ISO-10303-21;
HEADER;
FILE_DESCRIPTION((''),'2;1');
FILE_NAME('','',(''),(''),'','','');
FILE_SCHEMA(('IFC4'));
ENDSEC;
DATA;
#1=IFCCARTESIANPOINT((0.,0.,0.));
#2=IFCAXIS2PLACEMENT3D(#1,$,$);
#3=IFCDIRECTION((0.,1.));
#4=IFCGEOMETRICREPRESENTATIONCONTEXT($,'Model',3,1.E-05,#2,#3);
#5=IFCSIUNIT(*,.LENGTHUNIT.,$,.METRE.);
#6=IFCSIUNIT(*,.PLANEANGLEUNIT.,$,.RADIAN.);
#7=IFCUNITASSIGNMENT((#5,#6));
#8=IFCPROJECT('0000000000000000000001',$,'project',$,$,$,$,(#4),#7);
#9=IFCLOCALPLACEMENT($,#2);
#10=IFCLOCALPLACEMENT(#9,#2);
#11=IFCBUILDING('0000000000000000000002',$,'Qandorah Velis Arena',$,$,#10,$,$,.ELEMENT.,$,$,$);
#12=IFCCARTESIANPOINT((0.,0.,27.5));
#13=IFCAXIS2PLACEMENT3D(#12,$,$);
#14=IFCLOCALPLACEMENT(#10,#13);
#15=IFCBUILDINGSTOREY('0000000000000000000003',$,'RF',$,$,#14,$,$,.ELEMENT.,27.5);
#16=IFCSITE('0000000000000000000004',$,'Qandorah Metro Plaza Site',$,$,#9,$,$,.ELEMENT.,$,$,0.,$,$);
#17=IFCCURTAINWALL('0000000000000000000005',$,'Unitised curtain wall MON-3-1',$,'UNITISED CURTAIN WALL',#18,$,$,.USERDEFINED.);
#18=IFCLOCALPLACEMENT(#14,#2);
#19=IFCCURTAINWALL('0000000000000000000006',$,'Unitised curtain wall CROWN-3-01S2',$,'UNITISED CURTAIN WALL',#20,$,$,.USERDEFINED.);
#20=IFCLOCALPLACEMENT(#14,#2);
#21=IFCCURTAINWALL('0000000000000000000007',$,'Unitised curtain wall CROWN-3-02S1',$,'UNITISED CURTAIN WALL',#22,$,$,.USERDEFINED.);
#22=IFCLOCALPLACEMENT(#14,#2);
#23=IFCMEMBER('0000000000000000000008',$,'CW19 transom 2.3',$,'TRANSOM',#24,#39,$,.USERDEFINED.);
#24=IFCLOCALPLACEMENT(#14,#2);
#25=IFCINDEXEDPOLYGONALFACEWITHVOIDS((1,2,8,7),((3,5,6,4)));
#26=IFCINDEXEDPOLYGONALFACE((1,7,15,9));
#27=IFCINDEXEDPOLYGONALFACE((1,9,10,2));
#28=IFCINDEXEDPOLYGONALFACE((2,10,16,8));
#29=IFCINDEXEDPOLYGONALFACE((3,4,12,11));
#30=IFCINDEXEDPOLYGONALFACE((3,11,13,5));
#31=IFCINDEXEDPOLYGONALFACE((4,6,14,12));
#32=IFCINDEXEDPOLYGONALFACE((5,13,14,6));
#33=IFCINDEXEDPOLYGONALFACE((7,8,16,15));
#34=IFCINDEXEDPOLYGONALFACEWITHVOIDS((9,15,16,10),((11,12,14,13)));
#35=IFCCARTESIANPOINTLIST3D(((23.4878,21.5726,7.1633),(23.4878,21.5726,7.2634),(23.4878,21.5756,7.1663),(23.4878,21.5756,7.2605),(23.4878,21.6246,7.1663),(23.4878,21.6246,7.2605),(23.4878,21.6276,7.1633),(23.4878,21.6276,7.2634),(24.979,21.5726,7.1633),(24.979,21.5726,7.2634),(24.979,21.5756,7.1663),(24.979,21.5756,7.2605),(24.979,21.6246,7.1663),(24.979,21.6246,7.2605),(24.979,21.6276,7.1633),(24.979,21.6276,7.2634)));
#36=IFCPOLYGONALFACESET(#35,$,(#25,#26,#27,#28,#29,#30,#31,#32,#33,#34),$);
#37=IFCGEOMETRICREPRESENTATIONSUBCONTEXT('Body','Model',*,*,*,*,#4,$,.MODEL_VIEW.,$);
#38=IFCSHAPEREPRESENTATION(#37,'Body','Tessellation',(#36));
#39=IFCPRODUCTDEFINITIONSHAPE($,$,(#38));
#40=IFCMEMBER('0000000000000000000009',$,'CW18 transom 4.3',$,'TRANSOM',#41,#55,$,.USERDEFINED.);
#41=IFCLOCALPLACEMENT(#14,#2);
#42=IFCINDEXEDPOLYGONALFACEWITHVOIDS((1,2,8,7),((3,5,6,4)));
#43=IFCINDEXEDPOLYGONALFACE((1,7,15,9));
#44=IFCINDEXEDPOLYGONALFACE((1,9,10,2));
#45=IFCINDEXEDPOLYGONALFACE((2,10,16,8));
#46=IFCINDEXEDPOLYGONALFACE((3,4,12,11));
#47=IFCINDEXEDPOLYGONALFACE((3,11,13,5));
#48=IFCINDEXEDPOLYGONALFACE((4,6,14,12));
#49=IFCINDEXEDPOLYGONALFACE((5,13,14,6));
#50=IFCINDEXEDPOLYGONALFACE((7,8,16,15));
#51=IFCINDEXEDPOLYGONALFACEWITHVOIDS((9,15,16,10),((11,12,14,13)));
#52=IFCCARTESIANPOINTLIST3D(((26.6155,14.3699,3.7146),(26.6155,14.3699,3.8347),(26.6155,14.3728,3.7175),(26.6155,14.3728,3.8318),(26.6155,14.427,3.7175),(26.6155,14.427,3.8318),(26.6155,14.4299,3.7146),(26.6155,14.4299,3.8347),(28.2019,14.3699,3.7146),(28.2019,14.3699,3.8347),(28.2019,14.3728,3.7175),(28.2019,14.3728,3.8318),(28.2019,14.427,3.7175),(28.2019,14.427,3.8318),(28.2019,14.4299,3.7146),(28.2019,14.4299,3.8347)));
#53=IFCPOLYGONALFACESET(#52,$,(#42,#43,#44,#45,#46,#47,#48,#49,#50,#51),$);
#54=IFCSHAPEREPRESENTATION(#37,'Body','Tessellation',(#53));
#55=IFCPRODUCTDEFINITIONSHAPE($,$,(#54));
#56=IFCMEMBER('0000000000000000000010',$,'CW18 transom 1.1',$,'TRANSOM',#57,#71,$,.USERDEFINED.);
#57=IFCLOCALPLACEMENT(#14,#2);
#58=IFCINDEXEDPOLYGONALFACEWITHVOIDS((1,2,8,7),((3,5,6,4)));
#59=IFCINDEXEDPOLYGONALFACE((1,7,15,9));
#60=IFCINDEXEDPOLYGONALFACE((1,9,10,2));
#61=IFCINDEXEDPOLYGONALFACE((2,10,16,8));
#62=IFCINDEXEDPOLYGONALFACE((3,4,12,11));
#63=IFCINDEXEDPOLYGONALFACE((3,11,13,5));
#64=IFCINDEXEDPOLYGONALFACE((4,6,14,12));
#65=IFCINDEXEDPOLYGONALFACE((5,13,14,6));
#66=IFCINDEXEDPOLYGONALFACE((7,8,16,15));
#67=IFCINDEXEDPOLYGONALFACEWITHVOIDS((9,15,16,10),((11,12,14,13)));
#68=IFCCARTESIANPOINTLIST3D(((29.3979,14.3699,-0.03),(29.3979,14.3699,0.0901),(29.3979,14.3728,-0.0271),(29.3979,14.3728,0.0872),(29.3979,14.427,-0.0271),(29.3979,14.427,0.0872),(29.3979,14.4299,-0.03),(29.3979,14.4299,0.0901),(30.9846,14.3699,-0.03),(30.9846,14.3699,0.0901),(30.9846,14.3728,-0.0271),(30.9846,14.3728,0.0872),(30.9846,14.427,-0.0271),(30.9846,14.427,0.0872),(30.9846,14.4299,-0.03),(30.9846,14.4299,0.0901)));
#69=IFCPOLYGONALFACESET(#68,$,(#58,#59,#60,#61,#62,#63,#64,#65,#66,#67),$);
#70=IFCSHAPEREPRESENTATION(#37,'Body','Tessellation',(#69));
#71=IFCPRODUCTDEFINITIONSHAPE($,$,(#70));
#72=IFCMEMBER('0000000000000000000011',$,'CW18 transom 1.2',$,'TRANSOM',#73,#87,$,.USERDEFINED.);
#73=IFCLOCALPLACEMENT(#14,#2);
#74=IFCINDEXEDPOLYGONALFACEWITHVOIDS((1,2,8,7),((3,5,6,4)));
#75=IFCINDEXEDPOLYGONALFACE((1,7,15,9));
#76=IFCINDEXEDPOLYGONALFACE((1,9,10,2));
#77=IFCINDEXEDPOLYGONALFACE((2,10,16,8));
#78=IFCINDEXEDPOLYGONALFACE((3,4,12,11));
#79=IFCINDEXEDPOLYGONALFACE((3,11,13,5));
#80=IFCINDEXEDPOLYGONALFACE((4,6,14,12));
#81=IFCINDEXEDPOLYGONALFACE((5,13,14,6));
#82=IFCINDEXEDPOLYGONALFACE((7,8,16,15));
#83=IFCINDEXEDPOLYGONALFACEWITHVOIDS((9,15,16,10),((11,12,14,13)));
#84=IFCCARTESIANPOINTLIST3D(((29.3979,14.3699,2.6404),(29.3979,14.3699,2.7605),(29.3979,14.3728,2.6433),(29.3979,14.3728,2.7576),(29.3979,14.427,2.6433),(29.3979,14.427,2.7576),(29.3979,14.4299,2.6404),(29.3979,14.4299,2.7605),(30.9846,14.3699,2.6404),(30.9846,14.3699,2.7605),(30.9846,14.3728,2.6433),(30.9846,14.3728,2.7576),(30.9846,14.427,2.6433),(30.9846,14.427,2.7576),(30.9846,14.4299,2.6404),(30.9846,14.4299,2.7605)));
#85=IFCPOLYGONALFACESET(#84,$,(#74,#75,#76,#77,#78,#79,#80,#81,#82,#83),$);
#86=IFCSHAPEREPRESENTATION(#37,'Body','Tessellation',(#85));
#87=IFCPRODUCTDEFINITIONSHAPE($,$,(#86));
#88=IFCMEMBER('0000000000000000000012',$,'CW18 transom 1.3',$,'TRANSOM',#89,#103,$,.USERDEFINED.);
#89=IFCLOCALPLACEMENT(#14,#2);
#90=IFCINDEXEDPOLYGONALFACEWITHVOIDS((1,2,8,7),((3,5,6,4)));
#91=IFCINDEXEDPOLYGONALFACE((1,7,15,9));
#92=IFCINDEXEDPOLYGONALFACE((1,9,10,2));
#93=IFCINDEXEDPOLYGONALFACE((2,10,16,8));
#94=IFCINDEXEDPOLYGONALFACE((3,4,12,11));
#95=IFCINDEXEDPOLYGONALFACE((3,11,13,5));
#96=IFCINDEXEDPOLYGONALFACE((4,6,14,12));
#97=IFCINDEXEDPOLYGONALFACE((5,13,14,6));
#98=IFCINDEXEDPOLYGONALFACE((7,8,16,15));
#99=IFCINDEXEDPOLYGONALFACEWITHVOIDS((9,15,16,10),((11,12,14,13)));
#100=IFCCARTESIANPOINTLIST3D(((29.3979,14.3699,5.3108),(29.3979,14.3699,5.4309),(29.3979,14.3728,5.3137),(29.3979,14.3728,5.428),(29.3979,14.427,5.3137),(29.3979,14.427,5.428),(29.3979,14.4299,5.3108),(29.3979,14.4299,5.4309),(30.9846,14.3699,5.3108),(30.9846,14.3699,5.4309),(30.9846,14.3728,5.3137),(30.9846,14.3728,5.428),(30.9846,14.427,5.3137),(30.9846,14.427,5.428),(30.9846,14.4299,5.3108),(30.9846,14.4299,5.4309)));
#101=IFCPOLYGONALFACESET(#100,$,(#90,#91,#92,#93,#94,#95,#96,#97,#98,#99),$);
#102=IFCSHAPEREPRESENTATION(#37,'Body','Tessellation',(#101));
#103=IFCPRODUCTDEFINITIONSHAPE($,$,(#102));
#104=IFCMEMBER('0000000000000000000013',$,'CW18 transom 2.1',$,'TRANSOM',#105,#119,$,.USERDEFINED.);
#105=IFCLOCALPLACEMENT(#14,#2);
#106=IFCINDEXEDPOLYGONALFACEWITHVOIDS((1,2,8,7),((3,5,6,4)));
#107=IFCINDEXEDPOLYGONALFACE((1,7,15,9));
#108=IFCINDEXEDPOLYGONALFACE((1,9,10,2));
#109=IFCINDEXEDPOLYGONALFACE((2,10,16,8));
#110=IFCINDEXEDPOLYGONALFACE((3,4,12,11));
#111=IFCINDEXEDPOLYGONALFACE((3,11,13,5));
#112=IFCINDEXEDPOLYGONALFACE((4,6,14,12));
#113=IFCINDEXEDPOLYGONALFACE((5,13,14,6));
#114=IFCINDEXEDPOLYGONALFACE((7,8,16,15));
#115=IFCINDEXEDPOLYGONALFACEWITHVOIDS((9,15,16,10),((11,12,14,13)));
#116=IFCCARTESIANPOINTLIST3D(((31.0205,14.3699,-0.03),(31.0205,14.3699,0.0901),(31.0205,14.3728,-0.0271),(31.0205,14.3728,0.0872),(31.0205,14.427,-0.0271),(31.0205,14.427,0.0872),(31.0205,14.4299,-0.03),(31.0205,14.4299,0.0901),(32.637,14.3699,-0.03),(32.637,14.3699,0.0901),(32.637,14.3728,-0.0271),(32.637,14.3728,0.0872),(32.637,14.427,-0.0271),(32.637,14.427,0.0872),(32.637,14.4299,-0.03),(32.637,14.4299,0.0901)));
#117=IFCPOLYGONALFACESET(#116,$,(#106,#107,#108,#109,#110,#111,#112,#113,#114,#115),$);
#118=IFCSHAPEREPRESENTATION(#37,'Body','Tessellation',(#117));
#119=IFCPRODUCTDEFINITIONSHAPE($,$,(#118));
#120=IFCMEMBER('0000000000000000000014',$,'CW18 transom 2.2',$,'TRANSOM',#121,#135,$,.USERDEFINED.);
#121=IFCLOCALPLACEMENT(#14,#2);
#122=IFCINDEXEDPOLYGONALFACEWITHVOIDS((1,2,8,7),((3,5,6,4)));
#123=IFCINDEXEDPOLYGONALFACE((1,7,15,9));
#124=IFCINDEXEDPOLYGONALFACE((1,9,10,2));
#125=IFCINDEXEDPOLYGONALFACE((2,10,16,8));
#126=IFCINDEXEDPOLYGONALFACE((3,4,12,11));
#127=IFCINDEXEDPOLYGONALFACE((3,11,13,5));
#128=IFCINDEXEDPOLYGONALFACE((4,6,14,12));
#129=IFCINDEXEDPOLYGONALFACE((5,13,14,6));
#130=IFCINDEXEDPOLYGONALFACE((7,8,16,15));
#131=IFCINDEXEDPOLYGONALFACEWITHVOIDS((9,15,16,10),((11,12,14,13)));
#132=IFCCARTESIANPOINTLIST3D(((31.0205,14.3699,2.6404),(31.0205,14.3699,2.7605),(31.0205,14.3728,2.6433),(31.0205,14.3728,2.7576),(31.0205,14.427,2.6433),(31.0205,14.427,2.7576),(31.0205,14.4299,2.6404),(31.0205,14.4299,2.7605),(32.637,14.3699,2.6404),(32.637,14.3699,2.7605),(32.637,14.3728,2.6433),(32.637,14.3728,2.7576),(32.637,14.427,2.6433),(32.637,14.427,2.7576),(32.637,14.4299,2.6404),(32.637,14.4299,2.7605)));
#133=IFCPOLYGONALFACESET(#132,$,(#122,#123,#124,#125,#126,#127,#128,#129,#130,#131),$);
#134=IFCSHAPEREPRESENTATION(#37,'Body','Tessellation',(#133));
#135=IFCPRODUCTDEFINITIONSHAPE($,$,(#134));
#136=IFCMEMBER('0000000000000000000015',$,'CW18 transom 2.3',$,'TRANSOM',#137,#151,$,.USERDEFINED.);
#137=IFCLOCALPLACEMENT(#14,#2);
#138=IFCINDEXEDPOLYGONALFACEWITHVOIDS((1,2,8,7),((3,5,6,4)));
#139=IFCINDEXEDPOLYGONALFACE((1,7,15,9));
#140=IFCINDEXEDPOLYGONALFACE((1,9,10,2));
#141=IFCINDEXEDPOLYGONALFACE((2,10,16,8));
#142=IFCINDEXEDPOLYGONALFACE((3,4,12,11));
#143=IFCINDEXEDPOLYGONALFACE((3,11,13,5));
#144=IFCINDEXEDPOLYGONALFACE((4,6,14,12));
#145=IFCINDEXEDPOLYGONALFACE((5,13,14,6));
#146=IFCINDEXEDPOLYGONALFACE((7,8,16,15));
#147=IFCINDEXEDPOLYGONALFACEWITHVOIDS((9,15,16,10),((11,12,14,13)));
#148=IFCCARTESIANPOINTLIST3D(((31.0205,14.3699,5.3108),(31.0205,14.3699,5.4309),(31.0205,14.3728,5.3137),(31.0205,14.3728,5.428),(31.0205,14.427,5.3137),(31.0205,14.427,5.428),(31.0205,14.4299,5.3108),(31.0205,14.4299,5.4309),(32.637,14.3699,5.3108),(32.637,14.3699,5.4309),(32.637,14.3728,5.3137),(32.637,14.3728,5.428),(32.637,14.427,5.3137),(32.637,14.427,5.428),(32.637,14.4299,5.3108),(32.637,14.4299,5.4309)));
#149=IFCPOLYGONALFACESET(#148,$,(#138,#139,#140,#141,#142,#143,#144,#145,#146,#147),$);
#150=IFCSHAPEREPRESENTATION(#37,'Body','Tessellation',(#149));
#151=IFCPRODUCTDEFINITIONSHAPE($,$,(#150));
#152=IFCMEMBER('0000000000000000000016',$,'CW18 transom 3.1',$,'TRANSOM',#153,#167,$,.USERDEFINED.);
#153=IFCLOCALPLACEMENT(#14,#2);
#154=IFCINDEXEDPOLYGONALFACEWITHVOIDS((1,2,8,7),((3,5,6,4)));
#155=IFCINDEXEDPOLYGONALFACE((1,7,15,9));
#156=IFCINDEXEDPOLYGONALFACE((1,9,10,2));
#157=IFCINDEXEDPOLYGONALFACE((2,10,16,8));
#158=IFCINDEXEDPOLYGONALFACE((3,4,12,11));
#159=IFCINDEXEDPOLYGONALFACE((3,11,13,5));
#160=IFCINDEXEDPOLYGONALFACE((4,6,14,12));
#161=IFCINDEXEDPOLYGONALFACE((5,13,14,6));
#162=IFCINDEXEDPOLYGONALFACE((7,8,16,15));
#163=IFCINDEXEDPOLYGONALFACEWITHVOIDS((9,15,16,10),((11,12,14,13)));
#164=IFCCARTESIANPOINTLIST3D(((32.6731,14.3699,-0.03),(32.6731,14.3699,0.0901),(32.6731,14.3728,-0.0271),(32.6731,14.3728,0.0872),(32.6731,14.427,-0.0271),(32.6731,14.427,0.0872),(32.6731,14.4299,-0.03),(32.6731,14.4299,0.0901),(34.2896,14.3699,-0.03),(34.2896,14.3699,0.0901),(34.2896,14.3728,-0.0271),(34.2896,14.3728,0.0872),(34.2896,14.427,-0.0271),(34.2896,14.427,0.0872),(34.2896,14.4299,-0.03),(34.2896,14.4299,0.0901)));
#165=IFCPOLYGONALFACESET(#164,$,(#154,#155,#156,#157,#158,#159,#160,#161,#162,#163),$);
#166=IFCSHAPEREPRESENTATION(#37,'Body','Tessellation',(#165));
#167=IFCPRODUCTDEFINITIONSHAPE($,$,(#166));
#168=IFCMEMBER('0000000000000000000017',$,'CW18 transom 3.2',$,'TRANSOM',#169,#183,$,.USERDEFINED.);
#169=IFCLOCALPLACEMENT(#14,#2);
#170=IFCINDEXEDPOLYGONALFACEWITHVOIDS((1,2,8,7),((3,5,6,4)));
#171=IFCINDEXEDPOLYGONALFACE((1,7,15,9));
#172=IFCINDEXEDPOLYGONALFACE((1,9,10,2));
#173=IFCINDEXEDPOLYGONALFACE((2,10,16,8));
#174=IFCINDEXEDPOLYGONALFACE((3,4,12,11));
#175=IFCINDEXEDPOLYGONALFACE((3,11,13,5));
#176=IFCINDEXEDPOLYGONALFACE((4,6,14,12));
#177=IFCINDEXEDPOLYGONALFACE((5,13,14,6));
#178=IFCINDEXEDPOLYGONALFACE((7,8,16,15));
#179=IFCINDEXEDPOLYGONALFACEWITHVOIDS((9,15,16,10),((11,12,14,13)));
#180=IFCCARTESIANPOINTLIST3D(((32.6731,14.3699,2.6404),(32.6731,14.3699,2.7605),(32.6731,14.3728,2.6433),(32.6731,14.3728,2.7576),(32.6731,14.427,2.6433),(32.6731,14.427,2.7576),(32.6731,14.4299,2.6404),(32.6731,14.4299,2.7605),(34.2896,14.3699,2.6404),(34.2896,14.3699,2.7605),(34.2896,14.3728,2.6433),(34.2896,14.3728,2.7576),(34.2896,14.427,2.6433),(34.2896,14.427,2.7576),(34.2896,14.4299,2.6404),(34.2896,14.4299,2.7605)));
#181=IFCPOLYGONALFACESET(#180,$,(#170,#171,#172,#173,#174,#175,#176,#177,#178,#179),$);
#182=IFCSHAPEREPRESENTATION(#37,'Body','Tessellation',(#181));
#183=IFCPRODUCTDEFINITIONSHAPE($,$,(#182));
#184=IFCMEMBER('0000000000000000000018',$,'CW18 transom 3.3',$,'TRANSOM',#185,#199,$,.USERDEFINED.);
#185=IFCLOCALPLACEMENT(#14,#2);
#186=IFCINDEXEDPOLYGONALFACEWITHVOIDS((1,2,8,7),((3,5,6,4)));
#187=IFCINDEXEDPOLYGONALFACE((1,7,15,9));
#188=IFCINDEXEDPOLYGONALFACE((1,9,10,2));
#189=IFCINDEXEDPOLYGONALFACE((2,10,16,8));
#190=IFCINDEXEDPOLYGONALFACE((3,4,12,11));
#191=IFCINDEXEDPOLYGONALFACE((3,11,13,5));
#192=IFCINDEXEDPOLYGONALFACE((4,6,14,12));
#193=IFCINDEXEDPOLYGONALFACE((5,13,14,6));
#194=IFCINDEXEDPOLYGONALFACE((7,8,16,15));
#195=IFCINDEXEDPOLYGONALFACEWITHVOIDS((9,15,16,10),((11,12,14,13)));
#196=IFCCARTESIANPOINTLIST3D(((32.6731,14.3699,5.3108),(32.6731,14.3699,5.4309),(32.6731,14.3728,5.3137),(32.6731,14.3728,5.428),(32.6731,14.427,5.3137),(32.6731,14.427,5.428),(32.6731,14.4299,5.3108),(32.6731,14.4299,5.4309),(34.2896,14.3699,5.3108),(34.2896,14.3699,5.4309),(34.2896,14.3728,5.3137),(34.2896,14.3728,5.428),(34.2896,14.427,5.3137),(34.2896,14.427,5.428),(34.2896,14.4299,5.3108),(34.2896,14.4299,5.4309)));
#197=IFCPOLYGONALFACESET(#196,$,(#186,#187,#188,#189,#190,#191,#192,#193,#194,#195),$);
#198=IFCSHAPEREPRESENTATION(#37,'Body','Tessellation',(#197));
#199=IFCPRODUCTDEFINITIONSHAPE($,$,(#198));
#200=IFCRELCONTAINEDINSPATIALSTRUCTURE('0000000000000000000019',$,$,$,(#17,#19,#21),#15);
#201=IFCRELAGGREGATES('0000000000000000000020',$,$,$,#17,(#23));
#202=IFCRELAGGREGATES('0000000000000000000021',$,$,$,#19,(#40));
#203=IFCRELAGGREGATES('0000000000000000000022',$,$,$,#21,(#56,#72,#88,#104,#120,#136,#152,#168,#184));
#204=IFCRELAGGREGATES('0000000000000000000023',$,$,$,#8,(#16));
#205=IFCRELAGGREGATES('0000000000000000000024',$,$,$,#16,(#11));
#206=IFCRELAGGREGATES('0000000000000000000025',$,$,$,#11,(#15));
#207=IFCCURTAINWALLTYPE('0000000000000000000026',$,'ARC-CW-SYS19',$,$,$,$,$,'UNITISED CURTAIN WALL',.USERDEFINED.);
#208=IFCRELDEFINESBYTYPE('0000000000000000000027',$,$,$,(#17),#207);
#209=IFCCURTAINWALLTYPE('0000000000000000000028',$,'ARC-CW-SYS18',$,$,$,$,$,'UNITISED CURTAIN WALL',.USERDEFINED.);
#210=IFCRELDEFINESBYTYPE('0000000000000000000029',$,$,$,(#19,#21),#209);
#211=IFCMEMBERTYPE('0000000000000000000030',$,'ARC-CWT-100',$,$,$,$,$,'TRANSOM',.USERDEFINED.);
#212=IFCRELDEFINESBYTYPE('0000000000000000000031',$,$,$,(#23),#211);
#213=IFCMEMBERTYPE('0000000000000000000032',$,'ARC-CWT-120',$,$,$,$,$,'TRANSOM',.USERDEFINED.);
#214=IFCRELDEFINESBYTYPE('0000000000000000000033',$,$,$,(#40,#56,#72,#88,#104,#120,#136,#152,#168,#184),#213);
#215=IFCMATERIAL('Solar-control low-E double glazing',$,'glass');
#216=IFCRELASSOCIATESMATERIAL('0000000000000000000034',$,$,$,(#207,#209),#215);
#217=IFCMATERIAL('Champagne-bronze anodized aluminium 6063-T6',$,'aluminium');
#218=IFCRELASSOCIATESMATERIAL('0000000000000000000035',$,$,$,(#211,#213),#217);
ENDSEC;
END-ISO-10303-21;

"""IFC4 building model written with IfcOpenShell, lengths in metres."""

from ifc_helpers import new_model, si_unit, direction, frame, origin, origin_2d, place, context, subcontext, project, spatial, hollow_rectangle, extrude, material, material_profile, profile_set, type_object, element, aggregate, save


model = new_model("IFC4")

# Units and contexts
model_context = context("Model", 3, precision=1e-05, world=origin(), true_north=direction((0.0, 1.0)))
body_context = subcontext(model_context, "Body", "Model", "MODEL_VIEW")
ifc_project = project(units=[si_unit("LENGTHUNIT", "METRE"), si_unit("PLANEANGLEUNIT", "RADIAN")], contexts=[model_context])

# Site, building, storey
site_placement = place(None, origin())
site = spatial("IfcSite", under=ifc_project, at=site_placement, Name="Qandorah Metro Plaza Site", CompositionType="ELEMENT", RefElevation=0.0)
building_placement = place(site_placement, origin())
building = spatial("IfcBuilding", under=site, at=building_placement, Name="Qandorah Velis Arena", CompositionType="ELEMENT")
storey_placement = place(building_placement, frame((0.0, 0.0, 27.5)))
storey = spatial("IfcBuildingStorey", under=building, at=storey_placement, Name="RF", CompositionType="ELEMENT", Elevation=27.5)

# Curtain wall
ifc_material_1 = material(Name="Solar-control low-E double glazing", Category="glass")
curtain_wall_type_1 = type_object("IfcCurtainWallType", Name="ARC-CW-SYS19", ElementType="UNITISED CURTAIN WALL", PredefinedType="USERDEFINED", material=ifc_material_1)
curtain_wall_1_placement = place(storey_placement, origin())
curtain_wall_1 = element("IfcCurtainWall", 1, at=curtain_wall_1_placement, inside=storey, type_object=curtain_wall_type_1, Name="Unitised curtain wall MON-3-1", ObjectType="UNITISED CURTAIN WALL", PredefinedType="USERDEFINED")
ifc_material_2 = material(Name="Champagne-bronze anodized aluminium 6063-T6", Category="aluminium")

# Curtain wall
curtain_wall_type_2 = type_object("IfcCurtainWallType", Name="ARC-CW-SYS18", ElementType="UNITISED CURTAIN WALL", PredefinedType="USERDEFINED", material=ifc_material_1)
curtain_wall_2_placement = place(storey_placement, origin())
curtain_wall_2 = element("IfcCurtainWall", 2, at=curtain_wall_2_placement, inside=storey, type_object=curtain_wall_type_2, Name="Unitised curtain wall CROWN-3-01S2", ObjectType="UNITISED CURTAIN WALL", PredefinedType="USERDEFINED")

# Curtain wall
curtain_wall_3_placement = place(storey_placement, origin())
curtain_wall_3 = element("IfcCurtainWall", 3, at=curtain_wall_3_placement, inside=storey, type_object=curtain_wall_type_2, Name="Unitised curtain wall CROWN-3-02S1", ObjectType="UNITISED CURTAIN WALL", PredefinedType="USERDEFINED")

# Members
ifc_material_profile_1 = material_profile(ifc_material_2, hollow_rectangle(XDim=0.0549, YDim=0.1001, WallThickness=0.0029, at=origin_2d()), Name="ALU TRANSOM 55x100")
ifc_profile_set_1 = profile_set([ifc_material_profile_1], Name="Champagne-bronze anodized aluminium 6063-T6")
member_type_1 = type_object("IfcMemberType", Name="ARC-CWT-100", ElementType="TRANSOM", PredefinedType="USERDEFINED", material=ifc_profile_set_1)
member_1_placement = place(storey_placement, frame((23.4878, 21.6001, 7.2134), z_axis=(1.0, 0.0, 0.0), x_axis=(0.0, 1.0, 0.0)))
member_1 = element("IfcMember", 4, at=member_1_placement, type_object=member_type_1, Name="CW19 transom 2.3", ObjectType="TRANSOM", PredefinedType="USERDEFINED", context=body_context, shape_type="SweptSolid", body=[
    extrude(hollow_rectangle(XDim=0.0549, YDim=0.1001, WallThickness=0.0029, at=origin_2d()), origin(), (0.0, 0.0, 1.0), 1.4912),
])
ifc_material_profile_2 = material_profile(ifc_material_2, hollow_rectangle(XDim=0.0601, YDim=0.1201, WallThickness=0.0029, at=origin_2d()), Name="ALU TRANSOM 60x120")
ifc_profile_set_2 = profile_set([ifc_material_profile_2], Name="Champagne-bronze anodized aluminium 6063-T6")
member_type_2 = type_object("IfcMemberType", Name="ARC-CWT-120", ElementType="TRANSOM", PredefinedType="USERDEFINED", material=ifc_profile_set_2)
member_2_placement = place(storey_placement, frame((26.6155, 14.3999, 3.7747), z_axis=(1.0, 0.0, 0.0), x_axis=(0.0, 1.0, 0.0)))
member_2 = element("IfcMember", 5, at=member_2_placement, type_object=member_type_2, Name="CW18 transom 4.3", ObjectType="TRANSOM", PredefinedType="USERDEFINED", context=body_context, shape_type="SweptSolid", body=[
    extrude(hollow_rectangle(XDim=0.0601, YDim=0.1201, WallThickness=0.0029, at=origin_2d()), origin(), (0.0, 0.0, 1.0), 1.5864),
])
member_3_placement = place(storey_placement, frame((29.3979, 14.3999, 0.03), z_axis=(1.0, 0.0, 0.0), x_axis=(0.0, 1.0, 0.0)))
member_3 = element("IfcMember", 6, at=member_3_placement, type_object=member_type_2, Name="CW18 transom 1.1", ObjectType="TRANSOM", PredefinedType="USERDEFINED", context=body_context, shape_type="SweptSolid", body=[
    extrude(hollow_rectangle(XDim=0.0601, YDim=0.1201, WallThickness=0.0029, at=origin_2d()), origin(), (0.0, 0.0, 1.0), 1.5867),
])
member_4_placement = place(storey_placement, frame((29.3979, 14.3999, 2.7004), z_axis=(1.0, 0.0, 0.0), x_axis=(0.0, 1.0, 0.0)))
member_4 = element("IfcMember", 7, at=member_4_placement, type_object=member_type_2, Name="CW18 transom 1.2", ObjectType="TRANSOM", PredefinedType="USERDEFINED", context=body_context, shape_type="SweptSolid", body=[
    extrude(hollow_rectangle(XDim=0.0601, YDim=0.1201, WallThickness=0.0029, at=origin_2d()), origin(), (0.0, 0.0, 1.0), 1.5867),
])
member_5_placement = place(storey_placement, frame((29.3979, 14.3999, 5.3708), z_axis=(1.0, 0.0, 0.0), x_axis=(0.0, 1.0, 0.0)))
member_5 = element("IfcMember", 8, at=member_5_placement, type_object=member_type_2, Name="CW18 transom 1.3", ObjectType="TRANSOM", PredefinedType="USERDEFINED", context=body_context, shape_type="SweptSolid", body=[
    extrude(hollow_rectangle(XDim=0.0601, YDim=0.1201, WallThickness=0.0029, at=origin_2d()), origin(), (0.0, 0.0, 1.0), 1.5867),
])
member_6_placement = place(storey_placement, frame((31.0205, 14.3999, 0.03), z_axis=(1.0, 0.0, 0.0), x_axis=(0.0, 1.0, 0.0)))
member_6 = element("IfcMember", 9, at=member_6_placement, type_object=member_type_2, Name="CW18 transom 2.1", ObjectType="TRANSOM", PredefinedType="USERDEFINED", context=body_context, shape_type="SweptSolid", body=[
    extrude(hollow_rectangle(XDim=0.0601, YDim=0.1201, WallThickness=0.0029, at=origin_2d()), origin(), (0.0, 0.0, 1.0), 1.6165),
])
member_7_placement = place(storey_placement, frame((31.0205, 14.3999, 2.7004), z_axis=(1.0, 0.0, 0.0), x_axis=(0.0, 1.0, 0.0)))
member_7 = element("IfcMember", 10, at=member_7_placement, type_object=member_type_2, Name="CW18 transom 2.2", ObjectType="TRANSOM", PredefinedType="USERDEFINED", context=body_context, shape_type="SweptSolid", body=[
    extrude(hollow_rectangle(XDim=0.0601, YDim=0.1201, WallThickness=0.0029, at=origin_2d()), origin(), (0.0, 0.0, 1.0), 1.6165),
])
member_8_placement = place(storey_placement, frame((31.0205, 14.3999, 5.3708), z_axis=(1.0, 0.0, 0.0), x_axis=(0.0, 1.0, 0.0)))
member_8 = element("IfcMember", 11, at=member_8_placement, type_object=member_type_2, Name="CW18 transom 2.3", ObjectType="TRANSOM", PredefinedType="USERDEFINED", context=body_context, shape_type="SweptSolid", body=[
    extrude(hollow_rectangle(XDim=0.0601, YDim=0.1201, WallThickness=0.0029, at=origin_2d()), origin(), (0.0, 0.0, 1.0), 1.6165),
])
member_9_placement = place(storey_placement, frame((32.6731, 14.3999, 0.03), z_axis=(1.0, 0.0, 0.0), x_axis=(0.0, 1.0, 0.0)))
member_9 = element("IfcMember", 12, at=member_9_placement, type_object=member_type_2, Name="CW18 transom 3.1", ObjectType="TRANSOM", PredefinedType="USERDEFINED", context=body_context, shape_type="SweptSolid", body=[
    extrude(hollow_rectangle(XDim=0.0601, YDim=0.1201, WallThickness=0.0029, at=origin_2d()), origin(), (0.0, 0.0, 1.0), 1.6165),
])
member_10_placement = place(storey_placement, frame((32.6731, 14.3999, 2.7004), z_axis=(1.0, 0.0, 0.0), x_axis=(0.0, 1.0, 0.0)))
member_10 = element("IfcMember", 13, at=member_10_placement, type_object=member_type_2, Name="CW18 transom 3.2", ObjectType="TRANSOM", PredefinedType="USERDEFINED", context=body_context, shape_type="SweptSolid", body=[
    extrude(hollow_rectangle(XDim=0.0601, YDim=0.1201, WallThickness=0.0029, at=origin_2d()), origin(), (0.0, 0.0, 1.0), 1.6165),
])
member_11_placement = place(storey_placement, frame((32.6731, 14.3999, 5.3708), z_axis=(1.0, 0.0, 0.0), x_axis=(0.0, 1.0, 0.0)))
member_11 = element("IfcMember", 14, at=member_11_placement, type_object=member_type_2, Name="CW18 transom 3.3", ObjectType="TRANSOM", PredefinedType="USERDEFINED", context=body_context, shape_type="SweptSolid", body=[
    extrude(hollow_rectangle(XDim=0.0601, YDim=0.1201, WallThickness=0.0029, at=origin_2d()), origin(), (0.0, 0.0, 1.0), 1.6165),
])

aggregate(curtain_wall_1, [member_1])
aggregate(curtain_wall_2, [member_2])
aggregate(curtain_wall_3, [member_3, member_4, member_5, member_6, member_7, member_8, member_9, member_10, member_11])

save(model, "model.ifc")
